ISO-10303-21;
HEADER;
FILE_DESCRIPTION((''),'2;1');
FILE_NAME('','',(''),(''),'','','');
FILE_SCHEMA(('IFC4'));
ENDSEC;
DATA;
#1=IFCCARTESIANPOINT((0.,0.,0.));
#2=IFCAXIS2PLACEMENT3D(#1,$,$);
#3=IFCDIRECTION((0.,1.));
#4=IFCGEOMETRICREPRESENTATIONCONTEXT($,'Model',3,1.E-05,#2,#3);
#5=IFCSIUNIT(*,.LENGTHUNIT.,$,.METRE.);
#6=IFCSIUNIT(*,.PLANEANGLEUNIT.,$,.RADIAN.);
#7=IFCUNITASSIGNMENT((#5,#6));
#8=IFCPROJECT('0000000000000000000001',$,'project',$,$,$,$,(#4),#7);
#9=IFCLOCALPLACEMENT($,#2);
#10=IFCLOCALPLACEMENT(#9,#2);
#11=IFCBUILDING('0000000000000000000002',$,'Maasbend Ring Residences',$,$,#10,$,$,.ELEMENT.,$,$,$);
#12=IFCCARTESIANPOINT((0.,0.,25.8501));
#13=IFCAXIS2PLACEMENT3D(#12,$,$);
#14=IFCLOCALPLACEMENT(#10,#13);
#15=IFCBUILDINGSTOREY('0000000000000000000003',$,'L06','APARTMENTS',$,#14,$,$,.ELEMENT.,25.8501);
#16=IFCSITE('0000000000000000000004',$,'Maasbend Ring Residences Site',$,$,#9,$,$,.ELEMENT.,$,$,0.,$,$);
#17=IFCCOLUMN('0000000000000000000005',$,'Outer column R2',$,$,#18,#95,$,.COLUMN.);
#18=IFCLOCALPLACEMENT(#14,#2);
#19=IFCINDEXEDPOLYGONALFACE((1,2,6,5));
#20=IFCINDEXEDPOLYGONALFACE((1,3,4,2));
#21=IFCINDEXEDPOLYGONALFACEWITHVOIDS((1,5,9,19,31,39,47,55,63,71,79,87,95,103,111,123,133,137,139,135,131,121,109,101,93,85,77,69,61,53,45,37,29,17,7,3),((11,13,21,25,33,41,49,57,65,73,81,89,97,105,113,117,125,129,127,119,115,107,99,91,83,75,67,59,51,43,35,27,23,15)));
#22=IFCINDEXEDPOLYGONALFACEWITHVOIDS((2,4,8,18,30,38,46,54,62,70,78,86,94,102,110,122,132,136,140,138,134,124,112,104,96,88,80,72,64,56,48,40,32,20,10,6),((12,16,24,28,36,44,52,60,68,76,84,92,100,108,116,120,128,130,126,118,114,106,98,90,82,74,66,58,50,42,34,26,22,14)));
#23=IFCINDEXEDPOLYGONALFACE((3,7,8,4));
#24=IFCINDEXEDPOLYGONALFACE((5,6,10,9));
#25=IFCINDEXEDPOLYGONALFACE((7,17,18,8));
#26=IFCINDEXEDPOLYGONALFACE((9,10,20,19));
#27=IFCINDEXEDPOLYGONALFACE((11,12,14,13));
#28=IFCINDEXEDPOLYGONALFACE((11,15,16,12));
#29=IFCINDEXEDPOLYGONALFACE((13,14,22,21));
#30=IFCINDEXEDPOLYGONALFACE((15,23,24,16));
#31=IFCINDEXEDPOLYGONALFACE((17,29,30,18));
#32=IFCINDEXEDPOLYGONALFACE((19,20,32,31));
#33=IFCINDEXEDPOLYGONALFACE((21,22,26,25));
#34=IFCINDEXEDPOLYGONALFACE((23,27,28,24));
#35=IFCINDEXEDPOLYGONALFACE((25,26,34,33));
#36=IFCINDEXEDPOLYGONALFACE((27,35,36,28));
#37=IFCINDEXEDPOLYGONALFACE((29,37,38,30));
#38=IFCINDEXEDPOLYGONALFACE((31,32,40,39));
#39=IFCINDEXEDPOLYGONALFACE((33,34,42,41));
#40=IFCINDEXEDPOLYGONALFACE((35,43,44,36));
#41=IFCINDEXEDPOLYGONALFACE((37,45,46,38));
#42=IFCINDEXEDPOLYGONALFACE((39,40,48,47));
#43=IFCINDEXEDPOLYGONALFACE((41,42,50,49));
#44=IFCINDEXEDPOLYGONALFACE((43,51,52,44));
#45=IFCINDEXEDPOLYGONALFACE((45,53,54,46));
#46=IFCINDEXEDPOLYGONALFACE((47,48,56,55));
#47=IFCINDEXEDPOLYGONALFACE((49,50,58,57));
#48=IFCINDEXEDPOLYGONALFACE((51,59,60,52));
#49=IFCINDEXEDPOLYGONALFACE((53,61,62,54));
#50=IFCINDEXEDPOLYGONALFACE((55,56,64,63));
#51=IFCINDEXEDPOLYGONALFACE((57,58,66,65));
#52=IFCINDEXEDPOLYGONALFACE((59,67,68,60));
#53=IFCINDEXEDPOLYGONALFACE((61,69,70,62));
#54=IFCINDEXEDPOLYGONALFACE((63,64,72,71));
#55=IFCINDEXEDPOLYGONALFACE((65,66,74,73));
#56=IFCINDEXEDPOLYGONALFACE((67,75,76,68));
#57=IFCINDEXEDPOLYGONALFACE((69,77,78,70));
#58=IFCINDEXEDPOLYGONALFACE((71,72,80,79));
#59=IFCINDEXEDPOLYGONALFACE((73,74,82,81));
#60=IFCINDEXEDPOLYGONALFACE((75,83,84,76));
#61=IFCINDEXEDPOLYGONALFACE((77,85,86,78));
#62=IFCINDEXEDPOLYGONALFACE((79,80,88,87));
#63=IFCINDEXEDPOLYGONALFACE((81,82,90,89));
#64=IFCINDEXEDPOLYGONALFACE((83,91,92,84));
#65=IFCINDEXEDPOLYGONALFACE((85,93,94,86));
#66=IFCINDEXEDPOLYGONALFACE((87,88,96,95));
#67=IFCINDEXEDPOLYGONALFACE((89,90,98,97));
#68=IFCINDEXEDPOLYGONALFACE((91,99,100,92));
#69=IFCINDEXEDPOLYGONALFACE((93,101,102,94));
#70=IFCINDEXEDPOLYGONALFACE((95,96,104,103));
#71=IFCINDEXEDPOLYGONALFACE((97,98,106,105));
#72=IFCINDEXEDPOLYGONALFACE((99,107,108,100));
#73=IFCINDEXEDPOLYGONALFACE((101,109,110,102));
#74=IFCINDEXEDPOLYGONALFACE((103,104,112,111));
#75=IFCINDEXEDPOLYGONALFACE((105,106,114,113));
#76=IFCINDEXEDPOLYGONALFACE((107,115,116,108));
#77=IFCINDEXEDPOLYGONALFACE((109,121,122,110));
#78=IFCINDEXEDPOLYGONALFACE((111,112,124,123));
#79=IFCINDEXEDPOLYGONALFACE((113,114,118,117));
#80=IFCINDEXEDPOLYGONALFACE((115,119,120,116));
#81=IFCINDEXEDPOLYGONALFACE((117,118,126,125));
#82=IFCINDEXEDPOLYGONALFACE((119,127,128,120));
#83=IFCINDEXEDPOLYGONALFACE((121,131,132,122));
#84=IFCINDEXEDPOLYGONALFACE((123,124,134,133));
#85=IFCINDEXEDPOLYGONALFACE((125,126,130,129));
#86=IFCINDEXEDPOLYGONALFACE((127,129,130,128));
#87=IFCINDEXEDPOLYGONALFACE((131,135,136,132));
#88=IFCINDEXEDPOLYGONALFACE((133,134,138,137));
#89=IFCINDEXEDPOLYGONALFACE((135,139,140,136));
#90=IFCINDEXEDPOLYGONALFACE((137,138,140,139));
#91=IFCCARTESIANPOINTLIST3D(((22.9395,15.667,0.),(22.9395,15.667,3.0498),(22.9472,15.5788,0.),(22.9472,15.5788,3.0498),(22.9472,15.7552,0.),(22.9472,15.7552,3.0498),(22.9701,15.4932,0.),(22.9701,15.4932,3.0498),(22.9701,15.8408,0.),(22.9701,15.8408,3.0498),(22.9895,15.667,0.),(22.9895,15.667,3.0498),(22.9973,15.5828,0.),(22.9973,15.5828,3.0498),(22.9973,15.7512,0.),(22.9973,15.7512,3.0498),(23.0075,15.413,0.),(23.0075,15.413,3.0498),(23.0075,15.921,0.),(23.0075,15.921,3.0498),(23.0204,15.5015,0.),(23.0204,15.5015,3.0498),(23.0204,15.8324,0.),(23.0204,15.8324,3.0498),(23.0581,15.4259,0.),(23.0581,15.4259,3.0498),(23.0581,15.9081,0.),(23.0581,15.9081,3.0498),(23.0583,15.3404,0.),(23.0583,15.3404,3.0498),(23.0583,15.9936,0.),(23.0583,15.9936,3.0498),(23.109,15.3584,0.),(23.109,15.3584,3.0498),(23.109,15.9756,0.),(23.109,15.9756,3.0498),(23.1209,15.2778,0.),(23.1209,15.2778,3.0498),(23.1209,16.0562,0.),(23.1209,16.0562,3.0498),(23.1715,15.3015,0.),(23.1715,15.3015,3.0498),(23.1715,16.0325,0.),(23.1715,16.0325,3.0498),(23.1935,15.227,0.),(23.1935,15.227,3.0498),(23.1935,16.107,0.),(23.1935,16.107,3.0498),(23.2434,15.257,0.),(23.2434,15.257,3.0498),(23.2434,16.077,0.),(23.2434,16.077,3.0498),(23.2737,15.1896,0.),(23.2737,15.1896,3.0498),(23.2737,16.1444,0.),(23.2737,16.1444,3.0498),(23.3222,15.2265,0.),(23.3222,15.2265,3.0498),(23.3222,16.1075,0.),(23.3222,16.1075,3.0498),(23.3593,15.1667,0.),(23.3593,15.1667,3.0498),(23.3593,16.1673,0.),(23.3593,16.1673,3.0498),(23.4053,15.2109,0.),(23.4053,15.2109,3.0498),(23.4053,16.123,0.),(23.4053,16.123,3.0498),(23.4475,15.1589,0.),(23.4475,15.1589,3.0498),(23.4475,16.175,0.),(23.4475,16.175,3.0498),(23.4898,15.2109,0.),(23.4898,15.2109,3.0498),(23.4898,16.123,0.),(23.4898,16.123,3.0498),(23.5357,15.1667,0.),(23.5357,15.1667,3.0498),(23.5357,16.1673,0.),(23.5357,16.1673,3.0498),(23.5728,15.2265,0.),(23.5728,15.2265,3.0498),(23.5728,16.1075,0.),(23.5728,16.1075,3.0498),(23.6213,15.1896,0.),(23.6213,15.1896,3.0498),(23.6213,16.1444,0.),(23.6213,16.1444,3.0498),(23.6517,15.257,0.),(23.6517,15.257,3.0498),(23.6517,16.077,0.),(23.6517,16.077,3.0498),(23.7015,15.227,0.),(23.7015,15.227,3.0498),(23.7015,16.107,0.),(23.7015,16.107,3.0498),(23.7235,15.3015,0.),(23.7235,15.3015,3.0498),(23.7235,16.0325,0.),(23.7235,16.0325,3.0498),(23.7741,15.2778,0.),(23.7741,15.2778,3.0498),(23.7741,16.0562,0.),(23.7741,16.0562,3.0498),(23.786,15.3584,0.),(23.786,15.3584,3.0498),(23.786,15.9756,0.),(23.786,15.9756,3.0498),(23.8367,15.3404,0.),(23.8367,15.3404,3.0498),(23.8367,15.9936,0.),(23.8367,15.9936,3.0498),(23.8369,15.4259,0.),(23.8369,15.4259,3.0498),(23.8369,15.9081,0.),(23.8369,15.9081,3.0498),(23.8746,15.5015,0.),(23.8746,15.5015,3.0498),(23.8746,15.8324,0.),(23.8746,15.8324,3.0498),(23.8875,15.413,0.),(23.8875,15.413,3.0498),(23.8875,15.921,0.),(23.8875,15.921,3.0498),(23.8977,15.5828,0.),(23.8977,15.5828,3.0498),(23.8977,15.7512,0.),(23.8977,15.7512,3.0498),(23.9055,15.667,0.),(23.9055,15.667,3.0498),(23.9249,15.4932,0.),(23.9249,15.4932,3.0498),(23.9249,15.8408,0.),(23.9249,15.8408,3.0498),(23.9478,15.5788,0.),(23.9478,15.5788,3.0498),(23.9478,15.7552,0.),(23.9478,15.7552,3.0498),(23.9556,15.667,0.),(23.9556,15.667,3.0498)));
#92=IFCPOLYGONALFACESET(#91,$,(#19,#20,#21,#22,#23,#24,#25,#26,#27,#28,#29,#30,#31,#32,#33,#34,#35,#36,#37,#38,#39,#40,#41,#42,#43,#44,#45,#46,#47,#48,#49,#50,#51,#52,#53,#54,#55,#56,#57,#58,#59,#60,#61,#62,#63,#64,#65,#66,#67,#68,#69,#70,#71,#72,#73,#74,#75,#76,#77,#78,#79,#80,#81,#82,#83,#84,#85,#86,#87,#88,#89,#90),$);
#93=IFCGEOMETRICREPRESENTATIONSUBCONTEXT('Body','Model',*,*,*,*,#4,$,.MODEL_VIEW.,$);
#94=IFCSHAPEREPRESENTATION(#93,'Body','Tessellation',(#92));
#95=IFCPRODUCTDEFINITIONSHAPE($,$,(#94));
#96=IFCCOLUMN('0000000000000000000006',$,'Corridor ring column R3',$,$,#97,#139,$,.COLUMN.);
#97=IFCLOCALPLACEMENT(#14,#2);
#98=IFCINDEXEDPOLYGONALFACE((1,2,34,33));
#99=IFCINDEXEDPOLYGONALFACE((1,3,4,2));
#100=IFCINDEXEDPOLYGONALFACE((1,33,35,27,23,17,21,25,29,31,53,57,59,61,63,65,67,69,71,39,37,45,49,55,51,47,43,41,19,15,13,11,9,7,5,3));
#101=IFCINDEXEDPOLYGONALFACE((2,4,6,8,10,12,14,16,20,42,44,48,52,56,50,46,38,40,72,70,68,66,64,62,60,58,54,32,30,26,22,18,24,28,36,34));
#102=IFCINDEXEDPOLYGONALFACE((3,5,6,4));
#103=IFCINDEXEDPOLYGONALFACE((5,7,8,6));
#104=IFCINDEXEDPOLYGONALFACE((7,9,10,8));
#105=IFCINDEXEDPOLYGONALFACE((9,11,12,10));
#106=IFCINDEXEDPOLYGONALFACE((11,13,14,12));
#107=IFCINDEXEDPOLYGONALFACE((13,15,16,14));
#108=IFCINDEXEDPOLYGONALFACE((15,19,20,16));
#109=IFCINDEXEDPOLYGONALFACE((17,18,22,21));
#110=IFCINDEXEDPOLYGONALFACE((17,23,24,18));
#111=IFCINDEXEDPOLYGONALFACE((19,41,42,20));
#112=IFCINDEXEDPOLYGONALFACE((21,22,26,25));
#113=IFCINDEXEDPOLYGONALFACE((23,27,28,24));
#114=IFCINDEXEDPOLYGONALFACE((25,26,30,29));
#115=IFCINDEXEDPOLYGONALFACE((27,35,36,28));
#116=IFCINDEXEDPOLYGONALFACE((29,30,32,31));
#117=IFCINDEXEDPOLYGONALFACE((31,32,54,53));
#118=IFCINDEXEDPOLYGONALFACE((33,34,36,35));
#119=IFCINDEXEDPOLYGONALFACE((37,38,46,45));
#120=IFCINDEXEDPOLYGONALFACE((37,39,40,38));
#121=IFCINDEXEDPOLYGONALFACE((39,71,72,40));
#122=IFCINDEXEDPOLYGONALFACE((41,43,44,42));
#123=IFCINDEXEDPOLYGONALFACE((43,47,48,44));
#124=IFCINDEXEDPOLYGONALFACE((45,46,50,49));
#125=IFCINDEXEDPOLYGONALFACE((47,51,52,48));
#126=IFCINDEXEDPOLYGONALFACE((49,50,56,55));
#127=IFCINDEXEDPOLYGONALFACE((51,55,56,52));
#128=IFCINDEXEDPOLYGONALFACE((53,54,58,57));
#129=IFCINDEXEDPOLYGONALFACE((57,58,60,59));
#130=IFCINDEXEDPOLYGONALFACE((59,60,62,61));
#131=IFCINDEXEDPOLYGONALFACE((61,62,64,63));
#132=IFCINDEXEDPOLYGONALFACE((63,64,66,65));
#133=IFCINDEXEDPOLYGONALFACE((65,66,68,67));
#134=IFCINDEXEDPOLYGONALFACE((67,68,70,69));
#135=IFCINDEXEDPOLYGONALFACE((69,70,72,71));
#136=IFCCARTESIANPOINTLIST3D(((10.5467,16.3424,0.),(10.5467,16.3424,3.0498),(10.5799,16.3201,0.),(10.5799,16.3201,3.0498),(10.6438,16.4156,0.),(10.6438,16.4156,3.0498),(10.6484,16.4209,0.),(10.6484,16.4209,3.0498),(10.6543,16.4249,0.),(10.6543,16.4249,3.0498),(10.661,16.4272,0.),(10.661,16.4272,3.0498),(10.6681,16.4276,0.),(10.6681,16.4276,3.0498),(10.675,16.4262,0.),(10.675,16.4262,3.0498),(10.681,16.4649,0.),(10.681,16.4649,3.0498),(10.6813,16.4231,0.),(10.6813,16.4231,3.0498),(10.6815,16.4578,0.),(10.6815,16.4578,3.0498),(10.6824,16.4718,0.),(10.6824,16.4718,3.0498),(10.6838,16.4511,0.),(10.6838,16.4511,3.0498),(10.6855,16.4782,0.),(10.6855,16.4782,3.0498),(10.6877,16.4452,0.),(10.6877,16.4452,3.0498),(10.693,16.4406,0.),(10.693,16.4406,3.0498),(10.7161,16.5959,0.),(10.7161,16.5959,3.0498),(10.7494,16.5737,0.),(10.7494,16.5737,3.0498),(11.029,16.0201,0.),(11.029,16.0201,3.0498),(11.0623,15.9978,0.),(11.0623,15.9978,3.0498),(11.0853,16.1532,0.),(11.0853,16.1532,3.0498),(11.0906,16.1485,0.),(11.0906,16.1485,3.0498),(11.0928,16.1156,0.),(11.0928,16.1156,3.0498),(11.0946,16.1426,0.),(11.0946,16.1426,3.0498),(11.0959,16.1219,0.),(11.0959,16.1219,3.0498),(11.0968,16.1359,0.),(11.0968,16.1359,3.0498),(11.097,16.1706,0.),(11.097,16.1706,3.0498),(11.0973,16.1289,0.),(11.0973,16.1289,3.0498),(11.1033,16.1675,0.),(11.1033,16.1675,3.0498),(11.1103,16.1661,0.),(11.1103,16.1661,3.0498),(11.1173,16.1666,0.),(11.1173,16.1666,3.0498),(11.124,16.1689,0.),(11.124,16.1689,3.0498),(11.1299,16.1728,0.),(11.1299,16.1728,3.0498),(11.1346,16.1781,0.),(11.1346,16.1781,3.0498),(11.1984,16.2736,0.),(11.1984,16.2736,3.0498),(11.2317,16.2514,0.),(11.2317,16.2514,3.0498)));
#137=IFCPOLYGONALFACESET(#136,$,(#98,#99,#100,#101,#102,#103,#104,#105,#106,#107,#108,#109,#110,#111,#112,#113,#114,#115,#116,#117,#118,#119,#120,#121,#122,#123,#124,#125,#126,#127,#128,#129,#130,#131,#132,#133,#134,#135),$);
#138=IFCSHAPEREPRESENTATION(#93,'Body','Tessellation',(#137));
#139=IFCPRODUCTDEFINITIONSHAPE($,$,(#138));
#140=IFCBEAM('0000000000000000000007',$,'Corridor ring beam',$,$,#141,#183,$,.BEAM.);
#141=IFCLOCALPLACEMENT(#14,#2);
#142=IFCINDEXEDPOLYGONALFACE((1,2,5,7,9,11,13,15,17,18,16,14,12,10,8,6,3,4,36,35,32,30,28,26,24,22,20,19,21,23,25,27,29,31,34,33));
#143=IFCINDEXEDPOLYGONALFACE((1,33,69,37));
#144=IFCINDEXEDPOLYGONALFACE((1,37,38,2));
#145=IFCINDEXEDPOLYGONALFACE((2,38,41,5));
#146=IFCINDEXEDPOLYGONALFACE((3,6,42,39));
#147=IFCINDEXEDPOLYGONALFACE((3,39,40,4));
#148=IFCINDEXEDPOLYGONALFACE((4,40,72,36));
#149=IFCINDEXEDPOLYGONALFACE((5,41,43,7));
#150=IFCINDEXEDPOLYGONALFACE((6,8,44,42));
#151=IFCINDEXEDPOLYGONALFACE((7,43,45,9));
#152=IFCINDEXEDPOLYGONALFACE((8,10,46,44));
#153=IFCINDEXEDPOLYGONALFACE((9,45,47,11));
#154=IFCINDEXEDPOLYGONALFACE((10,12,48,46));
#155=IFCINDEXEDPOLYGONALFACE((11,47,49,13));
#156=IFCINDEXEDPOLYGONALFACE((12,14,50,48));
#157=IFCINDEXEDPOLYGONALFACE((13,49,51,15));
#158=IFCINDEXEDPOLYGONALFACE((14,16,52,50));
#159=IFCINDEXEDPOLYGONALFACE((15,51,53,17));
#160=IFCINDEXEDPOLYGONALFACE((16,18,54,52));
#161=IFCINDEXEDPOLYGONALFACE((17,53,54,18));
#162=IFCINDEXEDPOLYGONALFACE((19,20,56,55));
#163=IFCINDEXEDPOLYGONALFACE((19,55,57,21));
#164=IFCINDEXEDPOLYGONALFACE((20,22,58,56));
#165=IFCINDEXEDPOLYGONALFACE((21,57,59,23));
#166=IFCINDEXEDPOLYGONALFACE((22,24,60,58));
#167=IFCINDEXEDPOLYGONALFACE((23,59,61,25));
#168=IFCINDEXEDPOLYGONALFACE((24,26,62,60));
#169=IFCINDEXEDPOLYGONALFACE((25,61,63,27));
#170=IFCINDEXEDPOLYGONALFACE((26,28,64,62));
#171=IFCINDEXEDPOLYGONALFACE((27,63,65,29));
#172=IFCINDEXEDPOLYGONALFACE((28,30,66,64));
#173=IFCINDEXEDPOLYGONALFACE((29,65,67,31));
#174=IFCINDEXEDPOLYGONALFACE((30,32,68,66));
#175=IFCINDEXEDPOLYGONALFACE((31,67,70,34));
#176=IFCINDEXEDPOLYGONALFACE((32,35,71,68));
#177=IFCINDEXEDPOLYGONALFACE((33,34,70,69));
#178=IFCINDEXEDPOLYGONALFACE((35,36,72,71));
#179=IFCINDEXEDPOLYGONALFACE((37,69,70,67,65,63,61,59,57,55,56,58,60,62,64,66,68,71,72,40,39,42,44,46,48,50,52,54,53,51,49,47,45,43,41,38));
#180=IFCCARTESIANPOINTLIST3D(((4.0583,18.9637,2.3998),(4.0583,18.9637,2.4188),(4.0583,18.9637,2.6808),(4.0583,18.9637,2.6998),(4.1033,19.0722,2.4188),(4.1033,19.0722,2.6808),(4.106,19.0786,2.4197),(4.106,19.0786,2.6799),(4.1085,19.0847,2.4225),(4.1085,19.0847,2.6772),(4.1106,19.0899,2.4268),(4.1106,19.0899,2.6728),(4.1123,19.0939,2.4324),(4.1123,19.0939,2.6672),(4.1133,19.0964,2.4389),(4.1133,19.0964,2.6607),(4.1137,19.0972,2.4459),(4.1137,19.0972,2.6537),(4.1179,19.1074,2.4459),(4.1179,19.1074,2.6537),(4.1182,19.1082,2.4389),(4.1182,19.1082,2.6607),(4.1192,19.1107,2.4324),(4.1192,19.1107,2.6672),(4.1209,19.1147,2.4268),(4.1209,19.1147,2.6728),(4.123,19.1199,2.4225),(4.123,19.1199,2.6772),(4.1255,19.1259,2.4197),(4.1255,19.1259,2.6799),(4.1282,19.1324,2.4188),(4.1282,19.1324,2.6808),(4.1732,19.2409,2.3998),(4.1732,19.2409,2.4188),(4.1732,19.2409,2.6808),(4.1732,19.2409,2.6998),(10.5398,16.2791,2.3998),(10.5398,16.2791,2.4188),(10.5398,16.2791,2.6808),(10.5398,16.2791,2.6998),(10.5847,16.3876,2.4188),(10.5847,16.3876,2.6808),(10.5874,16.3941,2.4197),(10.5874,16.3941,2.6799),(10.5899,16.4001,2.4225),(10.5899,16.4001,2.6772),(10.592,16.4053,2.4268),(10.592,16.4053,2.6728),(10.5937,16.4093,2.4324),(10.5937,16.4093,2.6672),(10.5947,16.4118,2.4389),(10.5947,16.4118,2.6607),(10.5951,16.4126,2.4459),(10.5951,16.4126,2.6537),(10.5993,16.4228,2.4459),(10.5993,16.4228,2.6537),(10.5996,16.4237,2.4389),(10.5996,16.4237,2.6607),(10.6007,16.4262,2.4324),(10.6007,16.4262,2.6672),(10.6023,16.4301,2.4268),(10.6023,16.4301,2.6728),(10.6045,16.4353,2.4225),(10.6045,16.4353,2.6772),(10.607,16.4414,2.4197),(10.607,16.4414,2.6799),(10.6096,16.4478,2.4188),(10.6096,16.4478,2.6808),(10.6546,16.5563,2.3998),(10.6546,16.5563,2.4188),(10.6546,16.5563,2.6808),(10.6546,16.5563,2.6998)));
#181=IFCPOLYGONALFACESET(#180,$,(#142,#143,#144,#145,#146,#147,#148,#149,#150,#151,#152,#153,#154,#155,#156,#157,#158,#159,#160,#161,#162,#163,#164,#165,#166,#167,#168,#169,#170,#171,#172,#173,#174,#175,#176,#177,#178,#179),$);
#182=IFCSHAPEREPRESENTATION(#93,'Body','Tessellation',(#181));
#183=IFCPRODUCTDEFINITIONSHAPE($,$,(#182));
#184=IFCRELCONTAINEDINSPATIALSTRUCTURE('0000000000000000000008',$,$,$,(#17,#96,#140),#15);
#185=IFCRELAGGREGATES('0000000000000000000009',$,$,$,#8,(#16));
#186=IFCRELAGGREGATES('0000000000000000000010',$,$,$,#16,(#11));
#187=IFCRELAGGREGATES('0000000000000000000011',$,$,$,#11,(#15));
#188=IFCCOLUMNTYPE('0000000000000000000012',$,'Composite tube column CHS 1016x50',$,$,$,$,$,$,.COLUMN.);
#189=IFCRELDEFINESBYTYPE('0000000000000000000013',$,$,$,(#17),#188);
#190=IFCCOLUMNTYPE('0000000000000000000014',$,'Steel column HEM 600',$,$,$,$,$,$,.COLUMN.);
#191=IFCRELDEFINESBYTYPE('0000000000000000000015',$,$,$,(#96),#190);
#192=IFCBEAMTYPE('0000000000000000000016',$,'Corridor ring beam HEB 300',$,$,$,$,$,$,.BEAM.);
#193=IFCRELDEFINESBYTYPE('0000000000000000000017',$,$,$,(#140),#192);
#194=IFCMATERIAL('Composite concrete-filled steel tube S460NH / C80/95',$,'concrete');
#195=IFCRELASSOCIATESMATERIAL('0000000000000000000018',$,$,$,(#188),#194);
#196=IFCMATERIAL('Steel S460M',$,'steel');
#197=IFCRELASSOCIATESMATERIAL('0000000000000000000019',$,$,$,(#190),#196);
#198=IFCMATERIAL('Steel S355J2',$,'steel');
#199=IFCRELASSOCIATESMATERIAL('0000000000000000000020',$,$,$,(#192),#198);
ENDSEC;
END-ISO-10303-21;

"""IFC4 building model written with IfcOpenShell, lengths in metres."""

from ifc_helpers import new_model, si_unit, direction, frame, origin, origin_2d, place, context, subcontext, project, spatial, hollow_circle, i_section, extrude, material, material_profile, profile_set, type_object, element, save


model = new_model("IFC4")

# Units and contexts
model_context = context("Model", 3, precision=1e-05, world=origin(), true_north=direction((0.0, 1.0)))
body_context = subcontext(model_context, "Body", "Model", "MODEL_VIEW")
ifc_project = project(units=[si_unit("LENGTHUNIT", "METRE"), si_unit("PLANEANGLEUNIT", "RADIAN")], contexts=[model_context])

# Site, building, storey
site_placement = place(None, origin())
site = spatial("IfcSite", under=ifc_project, at=site_placement, Name="Maasbend Ring Residences Site", CompositionType="ELEMENT", RefElevation=0.0)
building_placement = place(site_placement, origin())
building = spatial("IfcBuilding", under=site, at=building_placement, Name="Maasbend Ring Residences", CompositionType="ELEMENT")
storey_placement = place(building_placement, frame((0.0, 0.0, 25.8501)))
storey = spatial("IfcBuildingStorey", under=building, at=storey_placement, Name="L06", Description="APARTMENTS", CompositionType="ELEMENT", Elevation=25.8501)

# Columns
ifc_material_1 = material(Name="Composite concrete-filled steel tube S460NH / C80/95", Category="concrete")
ifc_material_profile_1 = material_profile(ifc_material_1, hollow_circle(Radius=0.5081, WallThickness=0.05, at=origin_2d()), Name="Composite tube column CHS 1016x50")
ifc_profile_set_1 = profile_set([ifc_material_profile_1], Name="Composite concrete-filled steel tube S460NH / C80/95")
column_type_1 = type_object("IfcColumnType", Name="Composite tube column CHS 1016x50", PredefinedType="COLUMN", material=ifc_profile_set_1)
column_1_placement = place(storey_placement, frame((23.4475, 15.667, 0.0), z_axis=(0.0, 0.0, 1.0), x_axis=(1.0, 0.0, 0.0)))
element("IfcColumn", 1, at=column_1_placement, inside=storey, type_object=column_type_1, Name="Outer column R2", PredefinedType="COLUMN", context=body_context, shape_type="SweptSolid", body=[
    extrude(hollow_circle(Radius=0.5081, WallThickness=0.05, at=origin_2d()), origin(), (0.0, 0.0, 1.0), 3.0498),
])
ifc_material_2 = material(Name="Steel S460M", Category="steel")
ifc_material_profile_2 = material_profile(ifc_material_2, i_section(OverallWidth=0.3049, OverallDepth=0.6201, WebThickness=0.021, FlangeThickness=0.04, FilletRadius=0.0271, at=origin_2d()), Name="HEM 600")
ifc_profile_set_2 = profile_set([ifc_material_profile_2], Name="Steel S460M")
column_type_2 = type_object("IfcColumnType", Name="Steel column HEM 600", PredefinedType="COLUMN", material=ifc_profile_set_2)
column_2_placement = place(storey_placement, frame((10.8892, 16.2969, 0.0), z_axis=(0.0, 0.0, 1.0), x_axis=(0.55557, 0.83147, 0.0)))
element("IfcColumn", 2, at=column_2_placement, inside=storey, type_object=column_type_2, Name="Corridor ring column R3", PredefinedType="COLUMN", context=body_context, shape_type="SweptSolid", body=[
    extrude(i_section(OverallWidth=0.3049, OverallDepth=0.6201, WebThickness=0.021, FlangeThickness=0.04, FilletRadius=0.0271, at=origin_2d()), origin(), (0.0, 0.0, 1.0), 3.0498),
])

# Beam
ifc_material_3 = material(Name="Steel S355J2", Category="steel")
ifc_material_profile_3 = material_profile(ifc_material_3, i_section(OverallWidth=0.3, OverallDepth=0.3, WebThickness=0.011, FlangeThickness=0.019, FilletRadius=0.0271, at=origin_2d()), Name="HEB 300")
ifc_profile_set_3 = profile_set([ifc_material_profile_3], Name="Steel S355J2")
beam_type_1 = type_object("IfcBeamType", Name="Corridor ring beam HEB 300", PredefinedType="BEAM", material=ifc_profile_set_3)
beam_1_placement = place(storey_placement, frame((10.5972, 16.4177, 2.5498), z_axis=(-0.923886, 0.382667, 0.0), x_axis=(-0.382667, -0.923886, 0.0)))
element("IfcBeam", 3, at=beam_1_placement, inside=storey, type_object=beam_type_1, Name="Corridor ring beam", PredefinedType="BEAM", context=body_context, shape_type="SweptSolid", body=[
    extrude(i_section(OverallWidth=0.3, OverallDepth=0.3, WebThickness=0.011, FlangeThickness=0.019, FilletRadius=0.0271, at=origin_2d()), origin(), (0.0, 0.0, 1.0), 7.0154),
])

save(model, "model.ifc")
